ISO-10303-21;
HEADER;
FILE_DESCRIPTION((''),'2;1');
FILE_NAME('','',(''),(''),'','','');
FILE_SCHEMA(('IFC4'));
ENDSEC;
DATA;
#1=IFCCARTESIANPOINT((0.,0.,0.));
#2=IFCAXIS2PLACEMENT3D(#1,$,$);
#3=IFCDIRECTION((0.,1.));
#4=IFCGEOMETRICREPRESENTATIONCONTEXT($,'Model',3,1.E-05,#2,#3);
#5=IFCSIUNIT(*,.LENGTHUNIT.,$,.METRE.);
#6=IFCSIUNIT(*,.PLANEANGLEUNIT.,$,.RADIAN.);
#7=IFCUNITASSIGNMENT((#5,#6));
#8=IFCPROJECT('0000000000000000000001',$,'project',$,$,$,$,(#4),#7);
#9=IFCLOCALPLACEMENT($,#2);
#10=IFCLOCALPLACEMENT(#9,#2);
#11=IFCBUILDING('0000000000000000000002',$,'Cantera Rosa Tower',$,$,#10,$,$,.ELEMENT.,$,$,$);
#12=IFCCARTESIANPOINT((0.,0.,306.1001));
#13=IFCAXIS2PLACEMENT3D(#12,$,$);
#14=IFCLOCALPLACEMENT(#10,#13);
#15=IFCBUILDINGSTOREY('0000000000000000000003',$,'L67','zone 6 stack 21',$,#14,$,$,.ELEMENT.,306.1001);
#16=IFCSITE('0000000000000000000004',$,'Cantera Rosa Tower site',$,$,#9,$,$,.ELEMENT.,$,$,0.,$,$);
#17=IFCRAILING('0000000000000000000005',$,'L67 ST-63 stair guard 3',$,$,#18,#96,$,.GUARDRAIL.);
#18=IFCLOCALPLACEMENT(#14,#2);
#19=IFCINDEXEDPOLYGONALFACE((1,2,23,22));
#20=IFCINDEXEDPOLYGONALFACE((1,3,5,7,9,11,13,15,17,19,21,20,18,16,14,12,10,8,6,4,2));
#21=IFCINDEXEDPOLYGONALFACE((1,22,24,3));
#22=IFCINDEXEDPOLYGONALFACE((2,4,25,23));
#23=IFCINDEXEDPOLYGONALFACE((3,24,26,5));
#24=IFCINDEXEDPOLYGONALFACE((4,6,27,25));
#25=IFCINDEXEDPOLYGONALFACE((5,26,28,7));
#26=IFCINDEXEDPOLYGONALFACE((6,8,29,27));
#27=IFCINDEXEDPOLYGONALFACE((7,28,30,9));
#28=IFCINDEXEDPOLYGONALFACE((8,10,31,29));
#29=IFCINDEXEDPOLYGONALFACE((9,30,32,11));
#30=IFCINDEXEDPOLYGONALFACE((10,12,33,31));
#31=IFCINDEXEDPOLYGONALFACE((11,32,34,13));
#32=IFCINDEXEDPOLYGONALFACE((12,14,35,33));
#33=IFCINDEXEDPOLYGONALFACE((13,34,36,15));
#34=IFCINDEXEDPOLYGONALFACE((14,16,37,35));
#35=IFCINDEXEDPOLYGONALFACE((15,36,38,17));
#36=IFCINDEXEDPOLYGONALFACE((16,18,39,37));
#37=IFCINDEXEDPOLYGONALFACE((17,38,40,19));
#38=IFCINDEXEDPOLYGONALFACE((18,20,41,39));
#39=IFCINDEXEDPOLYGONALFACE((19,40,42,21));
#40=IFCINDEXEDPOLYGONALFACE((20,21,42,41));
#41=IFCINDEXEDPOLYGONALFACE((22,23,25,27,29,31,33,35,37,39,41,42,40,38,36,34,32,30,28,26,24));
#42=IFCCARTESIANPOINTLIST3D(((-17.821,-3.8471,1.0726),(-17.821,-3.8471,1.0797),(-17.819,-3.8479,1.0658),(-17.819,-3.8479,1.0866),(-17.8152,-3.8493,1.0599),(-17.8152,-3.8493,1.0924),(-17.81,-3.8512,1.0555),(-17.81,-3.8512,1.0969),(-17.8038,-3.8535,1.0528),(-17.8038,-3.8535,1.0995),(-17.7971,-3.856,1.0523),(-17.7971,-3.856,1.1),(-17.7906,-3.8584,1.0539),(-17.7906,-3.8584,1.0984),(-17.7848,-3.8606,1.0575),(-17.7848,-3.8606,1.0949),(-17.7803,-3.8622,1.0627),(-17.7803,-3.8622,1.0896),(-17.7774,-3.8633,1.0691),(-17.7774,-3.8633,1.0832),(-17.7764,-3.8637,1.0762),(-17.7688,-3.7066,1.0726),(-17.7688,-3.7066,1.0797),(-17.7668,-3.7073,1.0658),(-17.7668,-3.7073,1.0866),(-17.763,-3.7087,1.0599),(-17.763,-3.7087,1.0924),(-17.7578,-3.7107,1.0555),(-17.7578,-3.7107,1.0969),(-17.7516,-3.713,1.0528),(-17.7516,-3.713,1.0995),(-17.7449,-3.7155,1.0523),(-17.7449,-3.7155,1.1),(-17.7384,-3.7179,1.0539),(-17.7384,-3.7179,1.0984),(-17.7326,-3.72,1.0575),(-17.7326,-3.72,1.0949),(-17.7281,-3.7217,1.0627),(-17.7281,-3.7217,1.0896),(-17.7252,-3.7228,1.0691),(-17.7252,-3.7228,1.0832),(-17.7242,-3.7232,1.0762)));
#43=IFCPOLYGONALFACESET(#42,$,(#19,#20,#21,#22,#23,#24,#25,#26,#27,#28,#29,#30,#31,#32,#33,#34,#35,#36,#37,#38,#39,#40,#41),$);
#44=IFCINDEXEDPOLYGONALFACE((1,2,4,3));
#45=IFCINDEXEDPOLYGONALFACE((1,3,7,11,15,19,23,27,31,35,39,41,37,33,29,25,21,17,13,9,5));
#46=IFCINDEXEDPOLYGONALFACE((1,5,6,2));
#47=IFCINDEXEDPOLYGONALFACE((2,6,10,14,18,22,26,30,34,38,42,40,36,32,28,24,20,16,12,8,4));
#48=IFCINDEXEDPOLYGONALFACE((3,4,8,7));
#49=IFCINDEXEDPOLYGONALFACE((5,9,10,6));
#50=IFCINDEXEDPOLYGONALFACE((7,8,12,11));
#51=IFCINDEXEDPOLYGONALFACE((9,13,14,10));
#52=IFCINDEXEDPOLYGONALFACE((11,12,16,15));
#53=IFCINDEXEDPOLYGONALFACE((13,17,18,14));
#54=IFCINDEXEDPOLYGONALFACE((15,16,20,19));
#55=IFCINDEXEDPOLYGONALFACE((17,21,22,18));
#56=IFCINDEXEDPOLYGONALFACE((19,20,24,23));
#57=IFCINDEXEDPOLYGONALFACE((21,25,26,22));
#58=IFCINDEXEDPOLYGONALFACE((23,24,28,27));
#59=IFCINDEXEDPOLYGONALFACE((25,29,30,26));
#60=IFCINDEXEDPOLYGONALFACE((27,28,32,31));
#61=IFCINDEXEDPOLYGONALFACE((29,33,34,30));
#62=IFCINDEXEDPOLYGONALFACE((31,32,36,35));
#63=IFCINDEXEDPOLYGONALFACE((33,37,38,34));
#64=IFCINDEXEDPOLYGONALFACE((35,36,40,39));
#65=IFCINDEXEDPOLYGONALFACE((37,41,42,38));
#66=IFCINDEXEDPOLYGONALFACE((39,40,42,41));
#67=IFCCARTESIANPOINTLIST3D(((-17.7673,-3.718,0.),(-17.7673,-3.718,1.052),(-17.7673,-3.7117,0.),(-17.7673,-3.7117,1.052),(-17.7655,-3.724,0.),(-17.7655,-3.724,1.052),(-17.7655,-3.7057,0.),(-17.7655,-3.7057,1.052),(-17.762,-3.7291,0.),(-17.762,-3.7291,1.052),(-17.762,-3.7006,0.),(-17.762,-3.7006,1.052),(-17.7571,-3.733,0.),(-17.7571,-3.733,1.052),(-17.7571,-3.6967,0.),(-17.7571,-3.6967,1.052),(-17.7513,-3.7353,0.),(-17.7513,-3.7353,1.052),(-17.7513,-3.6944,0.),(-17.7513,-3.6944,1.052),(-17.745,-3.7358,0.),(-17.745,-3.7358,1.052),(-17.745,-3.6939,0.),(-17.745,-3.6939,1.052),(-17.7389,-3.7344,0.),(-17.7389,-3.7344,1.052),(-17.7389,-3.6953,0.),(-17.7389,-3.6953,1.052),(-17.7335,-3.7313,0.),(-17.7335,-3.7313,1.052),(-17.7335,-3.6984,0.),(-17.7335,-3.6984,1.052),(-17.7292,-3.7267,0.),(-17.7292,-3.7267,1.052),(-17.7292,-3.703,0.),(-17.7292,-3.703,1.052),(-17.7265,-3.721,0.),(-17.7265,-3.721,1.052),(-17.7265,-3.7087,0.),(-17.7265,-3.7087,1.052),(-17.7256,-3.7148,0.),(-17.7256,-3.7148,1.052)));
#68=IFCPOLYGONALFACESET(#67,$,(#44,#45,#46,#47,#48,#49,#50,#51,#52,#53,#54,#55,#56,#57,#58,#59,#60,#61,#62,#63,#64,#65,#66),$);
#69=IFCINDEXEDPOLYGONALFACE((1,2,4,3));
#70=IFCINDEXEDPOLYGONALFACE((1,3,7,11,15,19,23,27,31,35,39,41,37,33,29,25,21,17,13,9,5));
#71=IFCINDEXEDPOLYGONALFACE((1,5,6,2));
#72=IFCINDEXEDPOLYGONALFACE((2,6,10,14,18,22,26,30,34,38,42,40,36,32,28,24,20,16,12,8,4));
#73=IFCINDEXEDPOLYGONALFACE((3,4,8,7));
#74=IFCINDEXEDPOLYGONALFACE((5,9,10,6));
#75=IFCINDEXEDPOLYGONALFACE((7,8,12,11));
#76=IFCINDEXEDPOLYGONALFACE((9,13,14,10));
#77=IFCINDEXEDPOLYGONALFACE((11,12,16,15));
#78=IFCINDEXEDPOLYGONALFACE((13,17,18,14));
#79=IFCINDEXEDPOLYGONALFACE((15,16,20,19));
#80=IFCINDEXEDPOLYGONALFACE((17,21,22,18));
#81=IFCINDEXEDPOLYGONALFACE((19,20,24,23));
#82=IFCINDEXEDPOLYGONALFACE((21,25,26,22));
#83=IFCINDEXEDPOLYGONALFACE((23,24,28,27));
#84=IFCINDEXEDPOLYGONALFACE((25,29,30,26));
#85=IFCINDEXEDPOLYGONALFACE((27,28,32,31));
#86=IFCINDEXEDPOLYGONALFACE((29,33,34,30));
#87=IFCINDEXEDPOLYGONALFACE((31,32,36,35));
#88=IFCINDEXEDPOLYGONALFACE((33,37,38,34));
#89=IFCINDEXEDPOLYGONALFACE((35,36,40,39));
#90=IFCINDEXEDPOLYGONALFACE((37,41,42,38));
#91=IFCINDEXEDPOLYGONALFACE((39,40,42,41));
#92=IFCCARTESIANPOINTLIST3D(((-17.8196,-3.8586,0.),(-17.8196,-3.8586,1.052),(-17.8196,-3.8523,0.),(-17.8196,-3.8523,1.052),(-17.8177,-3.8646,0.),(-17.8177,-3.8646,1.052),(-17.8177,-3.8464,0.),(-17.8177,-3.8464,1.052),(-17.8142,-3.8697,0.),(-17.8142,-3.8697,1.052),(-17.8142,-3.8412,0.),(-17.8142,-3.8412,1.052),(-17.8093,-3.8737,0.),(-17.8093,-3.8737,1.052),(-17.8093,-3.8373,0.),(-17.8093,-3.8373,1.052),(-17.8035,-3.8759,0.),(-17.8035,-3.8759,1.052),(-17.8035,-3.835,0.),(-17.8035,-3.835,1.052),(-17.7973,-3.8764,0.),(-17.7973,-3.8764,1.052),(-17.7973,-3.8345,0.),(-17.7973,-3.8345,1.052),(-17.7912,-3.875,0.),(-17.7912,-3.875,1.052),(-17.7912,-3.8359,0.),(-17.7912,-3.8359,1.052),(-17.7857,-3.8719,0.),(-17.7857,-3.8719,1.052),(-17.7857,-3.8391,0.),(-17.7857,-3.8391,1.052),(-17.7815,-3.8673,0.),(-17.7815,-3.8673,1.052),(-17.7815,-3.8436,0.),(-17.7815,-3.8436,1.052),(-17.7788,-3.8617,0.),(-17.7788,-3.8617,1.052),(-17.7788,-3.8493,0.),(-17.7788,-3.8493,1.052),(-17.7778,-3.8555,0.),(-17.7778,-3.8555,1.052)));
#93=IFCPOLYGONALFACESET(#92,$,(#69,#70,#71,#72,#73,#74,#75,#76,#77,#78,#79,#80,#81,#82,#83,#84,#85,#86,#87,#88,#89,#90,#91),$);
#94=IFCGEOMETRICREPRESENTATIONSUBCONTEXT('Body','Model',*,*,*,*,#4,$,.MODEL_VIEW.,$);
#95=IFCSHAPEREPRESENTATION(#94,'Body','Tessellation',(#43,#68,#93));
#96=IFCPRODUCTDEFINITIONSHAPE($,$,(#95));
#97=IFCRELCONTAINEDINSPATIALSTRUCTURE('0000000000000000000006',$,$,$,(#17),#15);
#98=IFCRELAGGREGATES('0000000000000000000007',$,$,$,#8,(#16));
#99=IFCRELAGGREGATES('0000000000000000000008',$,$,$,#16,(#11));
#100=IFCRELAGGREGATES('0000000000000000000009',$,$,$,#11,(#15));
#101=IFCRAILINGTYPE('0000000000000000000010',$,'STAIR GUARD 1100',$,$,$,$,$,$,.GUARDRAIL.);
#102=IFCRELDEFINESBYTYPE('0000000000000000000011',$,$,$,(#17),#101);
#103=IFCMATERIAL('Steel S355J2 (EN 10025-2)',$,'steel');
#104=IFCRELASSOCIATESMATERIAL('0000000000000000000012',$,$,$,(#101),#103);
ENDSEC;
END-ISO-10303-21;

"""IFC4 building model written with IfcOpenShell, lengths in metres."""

from ifc_helpers import new_model, si_unit, direction, frame, origin, origin_2d, place, context, subcontext, project, spatial, circle, extrude, material, type_object, element, save


model = new_model("IFC4")

# Units and contexts
model_context = context("Model", 3, precision=1e-05, world=origin(), true_north=direction((0.0, 1.0)))
body_context = subcontext(model_context, "Body", "Model", "MODEL_VIEW")
ifc_project = project(units=[si_unit("LENGTHUNIT", "METRE"), si_unit("PLANEANGLEUNIT", "RADIAN")], contexts=[model_context])

# Site, building, storey
site_placement = place(None, origin())
site = spatial("IfcSite", under=ifc_project, at=site_placement, Name="Cantera Rosa Tower site", CompositionType="ELEMENT", RefElevation=0.0)
building_placement = place(site_placement, origin())
building = spatial("IfcBuilding", under=site, at=building_placement, Name="Cantera Rosa Tower", CompositionType="ELEMENT")
storey_placement = place(building_placement, frame((0.0, 0.0, 306.1001)))
storey = spatial("IfcBuildingStorey", under=building, at=storey_placement, Name="L67", Description="zone 6 stack 21", CompositionType="ELEMENT", Elevation=306.1001)

# Railing
ifc_material_1 = material(Name="Steel S355J2 (EN 10025-2)", Category="steel")
railing_type_1 = type_object("IfcRailingType", Name="STAIR GUARD 1100", PredefinedType="GUARDRAIL", material=ifc_material_1)
railing_1_placement = place(storey_placement, frame((-17.7466, -3.7148, 0.0)))
element("IfcRailing", 1, at=railing_1_placement, inside=storey, type_object=railing_type_1, Name="L67 ST-63 stair guard 3", PredefinedType="GUARDRAIL", context=body_context, shape_type="SweptSolid", body=[
    extrude(circle(Radius=0.0239, at=origin_2d()), frame((0.0, 0.0, 1.0762), z_axis=(-0.348268, -0.937395, 0.0), x_axis=(0.937395, -0.348268, 0.0)), (0.0, 0.0, 1.0), 0.1499),
    extrude(circle(Radius=0.021, at=origin_2d()), origin(), (0.0, 0.0, 1.0), 1.052),
    extrude(circle(Radius=0.021, at=origin_2d()), frame((-0.0522, -0.1406, 0.0)), (0.0, 0.0, 1.0), 1.052),
])

save(model, "model.ifc")
